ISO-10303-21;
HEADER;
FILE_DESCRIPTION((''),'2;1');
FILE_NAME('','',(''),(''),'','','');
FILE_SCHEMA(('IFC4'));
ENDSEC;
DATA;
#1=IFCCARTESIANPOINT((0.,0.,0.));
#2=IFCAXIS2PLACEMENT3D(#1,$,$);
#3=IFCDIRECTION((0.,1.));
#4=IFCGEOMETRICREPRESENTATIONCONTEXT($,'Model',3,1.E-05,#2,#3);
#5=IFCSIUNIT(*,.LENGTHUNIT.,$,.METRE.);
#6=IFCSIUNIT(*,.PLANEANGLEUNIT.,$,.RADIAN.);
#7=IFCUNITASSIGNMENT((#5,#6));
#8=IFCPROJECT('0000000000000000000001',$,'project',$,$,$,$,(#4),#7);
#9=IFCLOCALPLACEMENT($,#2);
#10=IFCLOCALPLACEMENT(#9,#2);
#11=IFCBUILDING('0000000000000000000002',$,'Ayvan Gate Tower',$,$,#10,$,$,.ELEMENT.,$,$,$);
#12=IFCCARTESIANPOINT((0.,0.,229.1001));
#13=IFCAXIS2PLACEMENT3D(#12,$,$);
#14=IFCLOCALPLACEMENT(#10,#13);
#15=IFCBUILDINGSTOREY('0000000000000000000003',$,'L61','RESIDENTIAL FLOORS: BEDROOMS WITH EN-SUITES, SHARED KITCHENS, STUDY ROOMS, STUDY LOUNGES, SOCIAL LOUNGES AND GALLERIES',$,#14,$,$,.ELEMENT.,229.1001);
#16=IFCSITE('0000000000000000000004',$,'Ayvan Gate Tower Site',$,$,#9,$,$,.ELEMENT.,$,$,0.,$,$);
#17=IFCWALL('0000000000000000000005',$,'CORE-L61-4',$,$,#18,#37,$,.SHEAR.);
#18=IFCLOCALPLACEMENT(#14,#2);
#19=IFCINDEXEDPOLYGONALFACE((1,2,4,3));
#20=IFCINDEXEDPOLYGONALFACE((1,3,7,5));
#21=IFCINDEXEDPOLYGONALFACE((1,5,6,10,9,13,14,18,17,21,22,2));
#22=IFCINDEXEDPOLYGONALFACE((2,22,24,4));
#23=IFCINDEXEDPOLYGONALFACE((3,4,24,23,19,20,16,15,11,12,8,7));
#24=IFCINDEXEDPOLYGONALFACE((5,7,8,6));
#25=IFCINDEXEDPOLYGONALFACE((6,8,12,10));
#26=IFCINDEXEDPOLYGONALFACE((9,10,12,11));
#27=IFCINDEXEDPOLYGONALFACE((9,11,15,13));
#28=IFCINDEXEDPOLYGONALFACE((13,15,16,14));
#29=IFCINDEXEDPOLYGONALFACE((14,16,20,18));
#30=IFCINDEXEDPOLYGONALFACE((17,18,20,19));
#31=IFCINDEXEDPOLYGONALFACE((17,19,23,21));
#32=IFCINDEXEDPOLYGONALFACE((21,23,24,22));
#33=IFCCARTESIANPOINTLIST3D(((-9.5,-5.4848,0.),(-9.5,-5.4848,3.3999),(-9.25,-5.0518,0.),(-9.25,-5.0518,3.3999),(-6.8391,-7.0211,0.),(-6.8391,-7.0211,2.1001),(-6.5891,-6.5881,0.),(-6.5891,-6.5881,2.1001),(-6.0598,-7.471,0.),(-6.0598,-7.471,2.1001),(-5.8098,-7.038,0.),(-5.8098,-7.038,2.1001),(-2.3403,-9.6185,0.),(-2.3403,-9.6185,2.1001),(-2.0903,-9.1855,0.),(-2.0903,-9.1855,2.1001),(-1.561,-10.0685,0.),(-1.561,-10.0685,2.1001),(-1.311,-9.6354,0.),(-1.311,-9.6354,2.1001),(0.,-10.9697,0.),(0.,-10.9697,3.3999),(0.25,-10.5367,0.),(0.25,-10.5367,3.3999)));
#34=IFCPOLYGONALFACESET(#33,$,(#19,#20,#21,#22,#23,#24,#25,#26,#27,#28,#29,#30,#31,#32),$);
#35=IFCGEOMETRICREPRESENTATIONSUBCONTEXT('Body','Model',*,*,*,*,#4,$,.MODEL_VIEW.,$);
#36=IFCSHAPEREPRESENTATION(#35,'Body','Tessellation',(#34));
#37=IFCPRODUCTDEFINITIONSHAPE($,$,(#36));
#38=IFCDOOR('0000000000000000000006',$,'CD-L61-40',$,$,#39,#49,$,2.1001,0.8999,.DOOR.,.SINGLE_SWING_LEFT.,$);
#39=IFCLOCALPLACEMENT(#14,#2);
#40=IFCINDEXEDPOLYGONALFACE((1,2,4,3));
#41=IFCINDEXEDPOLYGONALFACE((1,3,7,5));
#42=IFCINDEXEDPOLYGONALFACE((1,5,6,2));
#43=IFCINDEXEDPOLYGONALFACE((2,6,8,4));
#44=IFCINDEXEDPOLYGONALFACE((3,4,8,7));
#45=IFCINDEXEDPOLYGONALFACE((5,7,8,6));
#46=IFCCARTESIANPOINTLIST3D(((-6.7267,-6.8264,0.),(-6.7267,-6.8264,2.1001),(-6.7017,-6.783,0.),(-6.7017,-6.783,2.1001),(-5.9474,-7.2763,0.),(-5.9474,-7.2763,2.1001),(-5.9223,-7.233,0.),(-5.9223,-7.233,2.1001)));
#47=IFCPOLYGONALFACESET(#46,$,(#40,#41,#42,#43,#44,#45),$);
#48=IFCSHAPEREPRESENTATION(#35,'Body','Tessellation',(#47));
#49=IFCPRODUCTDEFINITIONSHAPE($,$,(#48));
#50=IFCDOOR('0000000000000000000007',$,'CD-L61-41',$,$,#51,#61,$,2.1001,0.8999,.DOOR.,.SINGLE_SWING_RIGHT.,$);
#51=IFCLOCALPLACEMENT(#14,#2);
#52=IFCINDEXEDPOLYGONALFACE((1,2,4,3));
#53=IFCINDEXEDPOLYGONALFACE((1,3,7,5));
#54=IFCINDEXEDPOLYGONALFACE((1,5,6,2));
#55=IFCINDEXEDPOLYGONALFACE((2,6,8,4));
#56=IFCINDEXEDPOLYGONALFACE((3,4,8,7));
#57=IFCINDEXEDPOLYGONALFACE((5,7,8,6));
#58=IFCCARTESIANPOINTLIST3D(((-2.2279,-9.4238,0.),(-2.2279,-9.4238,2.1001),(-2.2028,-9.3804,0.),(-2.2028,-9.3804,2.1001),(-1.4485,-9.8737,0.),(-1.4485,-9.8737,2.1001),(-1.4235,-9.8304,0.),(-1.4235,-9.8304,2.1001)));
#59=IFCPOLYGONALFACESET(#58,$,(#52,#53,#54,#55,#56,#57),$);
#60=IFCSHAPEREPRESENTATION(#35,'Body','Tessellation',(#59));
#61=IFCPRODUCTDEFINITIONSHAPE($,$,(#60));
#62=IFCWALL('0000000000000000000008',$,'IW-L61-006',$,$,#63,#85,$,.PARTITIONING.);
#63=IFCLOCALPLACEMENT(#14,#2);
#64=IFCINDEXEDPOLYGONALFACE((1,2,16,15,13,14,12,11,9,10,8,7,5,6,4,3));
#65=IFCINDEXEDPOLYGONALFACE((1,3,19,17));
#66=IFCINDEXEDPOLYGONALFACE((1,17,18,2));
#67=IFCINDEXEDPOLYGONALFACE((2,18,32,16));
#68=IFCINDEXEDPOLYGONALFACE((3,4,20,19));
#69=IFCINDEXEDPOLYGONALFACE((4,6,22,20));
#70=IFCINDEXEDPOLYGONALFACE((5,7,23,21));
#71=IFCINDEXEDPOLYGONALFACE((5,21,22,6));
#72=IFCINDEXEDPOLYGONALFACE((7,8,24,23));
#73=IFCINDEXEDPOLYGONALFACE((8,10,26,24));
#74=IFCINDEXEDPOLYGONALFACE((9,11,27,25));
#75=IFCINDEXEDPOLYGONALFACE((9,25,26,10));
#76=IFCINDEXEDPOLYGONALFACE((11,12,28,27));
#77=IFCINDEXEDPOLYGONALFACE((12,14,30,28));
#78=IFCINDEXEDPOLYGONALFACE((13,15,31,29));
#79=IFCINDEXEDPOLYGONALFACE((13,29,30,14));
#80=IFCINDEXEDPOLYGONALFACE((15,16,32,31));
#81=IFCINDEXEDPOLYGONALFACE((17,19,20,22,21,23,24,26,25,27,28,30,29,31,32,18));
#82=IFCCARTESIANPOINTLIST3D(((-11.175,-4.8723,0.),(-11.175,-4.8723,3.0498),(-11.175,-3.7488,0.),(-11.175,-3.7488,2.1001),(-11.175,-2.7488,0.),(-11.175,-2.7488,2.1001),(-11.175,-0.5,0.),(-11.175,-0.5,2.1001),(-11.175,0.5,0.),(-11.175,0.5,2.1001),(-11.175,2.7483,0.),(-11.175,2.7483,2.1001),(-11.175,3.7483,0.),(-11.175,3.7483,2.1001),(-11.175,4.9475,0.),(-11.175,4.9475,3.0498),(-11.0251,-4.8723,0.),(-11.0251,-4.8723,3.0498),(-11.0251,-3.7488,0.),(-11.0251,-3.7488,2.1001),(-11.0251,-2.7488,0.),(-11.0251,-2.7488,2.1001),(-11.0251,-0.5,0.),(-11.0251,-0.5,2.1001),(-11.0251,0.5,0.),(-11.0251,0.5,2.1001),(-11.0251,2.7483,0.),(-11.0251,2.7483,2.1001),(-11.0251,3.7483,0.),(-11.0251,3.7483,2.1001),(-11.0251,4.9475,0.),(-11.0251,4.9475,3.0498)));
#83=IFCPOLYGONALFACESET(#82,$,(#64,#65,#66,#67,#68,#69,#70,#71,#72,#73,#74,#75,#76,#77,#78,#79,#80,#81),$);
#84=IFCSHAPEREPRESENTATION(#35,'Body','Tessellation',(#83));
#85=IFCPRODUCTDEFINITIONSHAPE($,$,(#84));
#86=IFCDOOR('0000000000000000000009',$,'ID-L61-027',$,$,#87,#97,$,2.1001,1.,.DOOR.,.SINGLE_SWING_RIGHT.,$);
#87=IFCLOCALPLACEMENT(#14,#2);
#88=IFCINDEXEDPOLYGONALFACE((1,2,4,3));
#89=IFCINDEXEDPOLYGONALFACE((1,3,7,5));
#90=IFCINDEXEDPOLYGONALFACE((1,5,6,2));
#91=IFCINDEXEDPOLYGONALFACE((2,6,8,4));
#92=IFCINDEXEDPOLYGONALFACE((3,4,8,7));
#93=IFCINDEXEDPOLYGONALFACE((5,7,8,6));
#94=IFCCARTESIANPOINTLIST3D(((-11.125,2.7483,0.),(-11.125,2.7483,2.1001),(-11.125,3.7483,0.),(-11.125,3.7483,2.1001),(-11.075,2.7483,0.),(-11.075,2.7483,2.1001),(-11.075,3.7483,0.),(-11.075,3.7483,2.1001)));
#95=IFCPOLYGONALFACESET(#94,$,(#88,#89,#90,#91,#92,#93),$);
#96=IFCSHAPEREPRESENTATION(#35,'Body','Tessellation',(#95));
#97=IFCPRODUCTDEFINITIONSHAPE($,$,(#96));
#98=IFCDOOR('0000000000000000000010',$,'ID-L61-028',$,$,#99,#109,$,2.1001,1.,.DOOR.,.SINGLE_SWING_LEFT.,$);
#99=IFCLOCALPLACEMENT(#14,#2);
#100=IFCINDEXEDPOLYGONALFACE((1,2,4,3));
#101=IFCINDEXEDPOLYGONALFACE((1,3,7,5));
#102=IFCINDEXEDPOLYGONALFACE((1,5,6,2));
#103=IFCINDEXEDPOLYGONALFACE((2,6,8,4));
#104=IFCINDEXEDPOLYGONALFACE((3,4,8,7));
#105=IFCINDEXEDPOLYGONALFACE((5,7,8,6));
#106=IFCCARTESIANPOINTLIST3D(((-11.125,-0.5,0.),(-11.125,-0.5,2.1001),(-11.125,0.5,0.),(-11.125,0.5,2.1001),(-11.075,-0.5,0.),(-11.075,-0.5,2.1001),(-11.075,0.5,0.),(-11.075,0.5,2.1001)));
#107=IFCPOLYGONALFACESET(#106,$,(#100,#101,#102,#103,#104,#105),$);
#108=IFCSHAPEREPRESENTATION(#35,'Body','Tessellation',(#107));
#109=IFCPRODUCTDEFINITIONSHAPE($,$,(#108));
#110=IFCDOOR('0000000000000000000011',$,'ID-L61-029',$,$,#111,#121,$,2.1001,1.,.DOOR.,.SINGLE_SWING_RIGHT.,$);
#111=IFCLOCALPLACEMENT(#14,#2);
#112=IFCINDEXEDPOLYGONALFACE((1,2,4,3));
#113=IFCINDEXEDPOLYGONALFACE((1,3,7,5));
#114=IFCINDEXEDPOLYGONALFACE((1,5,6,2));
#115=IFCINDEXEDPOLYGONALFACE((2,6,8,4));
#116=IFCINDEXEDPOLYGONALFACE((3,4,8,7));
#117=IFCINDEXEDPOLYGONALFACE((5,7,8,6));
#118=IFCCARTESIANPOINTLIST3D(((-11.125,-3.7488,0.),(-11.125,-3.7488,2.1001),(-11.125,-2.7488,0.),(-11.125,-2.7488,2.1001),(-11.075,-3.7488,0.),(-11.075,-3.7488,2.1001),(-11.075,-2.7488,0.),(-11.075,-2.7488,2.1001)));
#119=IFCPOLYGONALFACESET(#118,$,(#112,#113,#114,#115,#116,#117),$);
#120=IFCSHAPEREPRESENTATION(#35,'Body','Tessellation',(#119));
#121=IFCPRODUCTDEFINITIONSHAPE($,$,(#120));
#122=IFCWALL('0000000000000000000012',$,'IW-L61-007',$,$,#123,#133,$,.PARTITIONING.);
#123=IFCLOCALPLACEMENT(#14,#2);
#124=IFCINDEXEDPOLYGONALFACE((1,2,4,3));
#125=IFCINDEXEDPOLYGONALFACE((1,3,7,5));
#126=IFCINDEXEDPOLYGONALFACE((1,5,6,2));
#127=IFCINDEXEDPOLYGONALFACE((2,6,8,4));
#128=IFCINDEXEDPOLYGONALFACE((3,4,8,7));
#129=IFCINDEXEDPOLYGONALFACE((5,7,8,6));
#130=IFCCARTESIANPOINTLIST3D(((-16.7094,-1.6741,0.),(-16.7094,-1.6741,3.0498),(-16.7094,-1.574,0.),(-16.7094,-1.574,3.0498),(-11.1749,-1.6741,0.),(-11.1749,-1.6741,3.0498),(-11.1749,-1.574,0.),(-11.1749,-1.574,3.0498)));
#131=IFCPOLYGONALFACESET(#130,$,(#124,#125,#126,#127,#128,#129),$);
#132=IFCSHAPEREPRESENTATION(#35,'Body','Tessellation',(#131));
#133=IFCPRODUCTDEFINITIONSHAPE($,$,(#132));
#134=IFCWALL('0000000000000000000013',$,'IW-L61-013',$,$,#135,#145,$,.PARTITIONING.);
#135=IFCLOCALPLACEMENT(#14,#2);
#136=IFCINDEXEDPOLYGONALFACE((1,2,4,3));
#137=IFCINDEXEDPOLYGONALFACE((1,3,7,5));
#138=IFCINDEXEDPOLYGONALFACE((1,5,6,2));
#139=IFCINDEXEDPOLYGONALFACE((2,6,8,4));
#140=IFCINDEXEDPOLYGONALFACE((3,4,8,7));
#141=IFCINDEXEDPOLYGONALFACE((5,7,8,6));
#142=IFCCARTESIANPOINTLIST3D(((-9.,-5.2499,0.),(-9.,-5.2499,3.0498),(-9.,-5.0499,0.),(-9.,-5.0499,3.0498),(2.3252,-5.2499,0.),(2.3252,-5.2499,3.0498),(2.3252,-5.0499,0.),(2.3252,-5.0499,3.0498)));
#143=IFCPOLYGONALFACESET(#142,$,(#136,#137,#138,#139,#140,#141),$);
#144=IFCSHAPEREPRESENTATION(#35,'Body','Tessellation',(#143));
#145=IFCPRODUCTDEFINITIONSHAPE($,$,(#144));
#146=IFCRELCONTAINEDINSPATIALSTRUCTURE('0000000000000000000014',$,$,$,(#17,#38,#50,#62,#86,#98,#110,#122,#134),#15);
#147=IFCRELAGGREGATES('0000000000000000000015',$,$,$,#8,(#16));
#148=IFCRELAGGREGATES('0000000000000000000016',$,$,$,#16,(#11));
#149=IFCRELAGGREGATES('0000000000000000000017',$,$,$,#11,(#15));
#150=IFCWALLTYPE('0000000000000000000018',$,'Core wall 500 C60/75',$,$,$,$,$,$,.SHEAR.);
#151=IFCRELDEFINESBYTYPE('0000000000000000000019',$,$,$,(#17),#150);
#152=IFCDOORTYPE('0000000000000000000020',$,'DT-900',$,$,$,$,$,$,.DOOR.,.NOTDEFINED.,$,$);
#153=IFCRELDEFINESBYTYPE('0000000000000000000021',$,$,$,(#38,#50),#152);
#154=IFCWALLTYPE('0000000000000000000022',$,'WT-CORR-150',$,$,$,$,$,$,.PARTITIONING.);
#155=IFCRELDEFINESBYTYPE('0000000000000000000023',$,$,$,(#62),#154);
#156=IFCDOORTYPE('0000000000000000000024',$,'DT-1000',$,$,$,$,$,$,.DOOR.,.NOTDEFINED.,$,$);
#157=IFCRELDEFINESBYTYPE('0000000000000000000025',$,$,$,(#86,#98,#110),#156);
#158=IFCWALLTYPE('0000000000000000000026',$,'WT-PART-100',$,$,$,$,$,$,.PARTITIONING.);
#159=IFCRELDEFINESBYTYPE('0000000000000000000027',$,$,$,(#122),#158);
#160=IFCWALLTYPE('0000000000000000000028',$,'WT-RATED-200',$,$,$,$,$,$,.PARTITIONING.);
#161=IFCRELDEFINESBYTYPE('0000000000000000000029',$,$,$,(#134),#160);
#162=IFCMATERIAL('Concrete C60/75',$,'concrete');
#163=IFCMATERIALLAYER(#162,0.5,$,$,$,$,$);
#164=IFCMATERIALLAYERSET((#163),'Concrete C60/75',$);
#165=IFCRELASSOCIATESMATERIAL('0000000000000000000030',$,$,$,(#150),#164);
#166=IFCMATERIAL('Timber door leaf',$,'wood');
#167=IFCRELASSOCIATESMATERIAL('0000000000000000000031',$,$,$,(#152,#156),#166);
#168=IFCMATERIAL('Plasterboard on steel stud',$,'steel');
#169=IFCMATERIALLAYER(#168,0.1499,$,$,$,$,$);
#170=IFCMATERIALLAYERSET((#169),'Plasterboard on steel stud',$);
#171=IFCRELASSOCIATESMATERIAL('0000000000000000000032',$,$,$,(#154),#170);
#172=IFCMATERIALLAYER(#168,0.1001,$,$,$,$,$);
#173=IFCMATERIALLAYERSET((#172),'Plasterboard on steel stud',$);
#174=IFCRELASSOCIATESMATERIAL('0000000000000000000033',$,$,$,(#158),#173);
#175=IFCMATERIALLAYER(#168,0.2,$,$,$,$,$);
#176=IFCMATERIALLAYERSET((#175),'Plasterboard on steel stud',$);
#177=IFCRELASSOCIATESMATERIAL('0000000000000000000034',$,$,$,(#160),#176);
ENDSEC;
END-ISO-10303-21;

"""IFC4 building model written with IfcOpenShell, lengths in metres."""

from ifc_helpers import new_model, si_unit, direction, frame, frame_2d, origin, place, context, subcontext, project, spatial, rectangle, extrude, material, layer, layer_set, type_object, element, fill, save


model = new_model("IFC4")

# Units and contexts
model_context = context("Model", 3, precision=1e-05, world=origin(), true_north=direction((0.0, 1.0)))
body_context = subcontext(model_context, "Body", "Model", "MODEL_VIEW")
ifc_project = project(units=[si_unit("LENGTHUNIT", "METRE"), si_unit("PLANEANGLEUNIT", "RADIAN")], contexts=[model_context])

# Site, building, storey
site_placement = place(None, origin())
site = spatial("IfcSite", under=ifc_project, at=site_placement, Name="Ayvan Gate Tower Site", CompositionType="ELEMENT", RefElevation=0.0)
building_placement = place(site_placement, origin())
building = spatial("IfcBuilding", under=site, at=building_placement, Name="Ayvan Gate Tower", CompositionType="ELEMENT")
storey_placement = place(building_placement, frame((0.0, 0.0, 229.1001)))
storey = spatial("IfcBuildingStorey", under=building, at=storey_placement, Name="L61", Description="RESIDENTIAL FLOORS: BEDROOMS WITH EN-SUITES, SHARED KITCHENS, STUDY ROOMS, STUDY LOUNGES, SOCIAL LOUNGES AND GALLERIES", CompositionType="ELEMENT", Elevation=229.1001)

# Walls, openings, doors
ifc_material_1 = material(Name="Concrete C60/75", Category="concrete")
ifc_layer_1 = layer(ifc_material_1, 0.5)
ifc_layer_set_1 = layer_set([ifc_layer_1], Name="Concrete C60/75")
wall_type_1 = type_object("IfcWallType", Name="Core wall 500 C60/75", PredefinedType="SHEAR", material=ifc_layer_set_1)
wall_1_placement = place(storey_placement, frame((-9.375, -5.2683, 0.0), z_axis=(0.0, 0.0, 1.0), x_axis=(0.866024, -0.500002, 0.0)))
wall_1 = element("IfcWall", 1, at=wall_1_placement, inside=storey, type_object=wall_type_1, Name="CORE-L61-4", PredefinedType="SHEAR", context=body_context, shape_type="SweptSolid", body=[
    extrude(rectangle(XDim=10.9697, YDim=0.5, at=frame_2d((5.4849, 0.0))), origin(), (0.0, 0.0, 1.0), 3.3999),
])
opening_1_placement = place(wall_1_placement, frame((3.0725, 0.0, 0.0)))
opening_1 = element("IfcOpeningElement", 2, at=opening_1_placement, cuts=wall_1, PredefinedType="OPENING", context=body_context, shape_type="SweptSolid", body=[
    extrude(rectangle(XDim=0.8999, YDim=2.1001, at=frame_2d((0.45, 1.05))), frame((0.0, 0.26, 0.0), z_axis=(0.0, -1.0, 0.0), x_axis=(1.0, 0.0, 0.0)), (0.0, 0.0, 1.0), 0.52),
])
opening_2_placement = place(wall_1_placement, frame((8.2673, 0.0, 0.0)))
opening_2 = element("IfcOpeningElement", 3, at=opening_2_placement, cuts=wall_1, PredefinedType="OPENING", context=body_context, shape_type="SweptSolid", body=[
    extrude(rectangle(XDim=0.8999, YDim=2.1001, at=frame_2d((0.45, 1.05))), frame((0.0, 0.26, 0.0), z_axis=(0.0, -1.0, 0.0), x_axis=(1.0, 0.0, 0.0)), (0.0, 0.0, 1.0), 0.52),
])
ifc_material_2 = material(Name="Timber door leaf", Category="wood")
door_type_1 = type_object("IfcDoorType", Name="DT-900", OperationType="NOTDEFINED", PredefinedType="DOOR", material=ifc_material_2)
door_1_placement = place(opening_1_placement, origin())
door_1 = element("IfcDoor", 4, at=door_1_placement, inside=storey, type_object=door_type_1, Name="CD-L61-40", OperationType="SINGLE_SWING_LEFT", OverallHeight=2.1001, OverallWidth=0.8999, PredefinedType="DOOR", context=body_context, shape_type="SweptSolid", body=[
    extrude(rectangle(XDim=0.8999, YDim=2.1001, at=frame_2d((0.45, 1.05))), frame((0.0, 0.0249, 0.0), z_axis=(0.0, -1.0, 0.0), x_axis=(1.0, 0.0, 0.0)), (0.0, 0.0, 1.0), 0.05),
])
fill(opening_1, door_1)
door_2_placement = place(opening_2_placement, origin())
door_2 = element("IfcDoor", 5, at=door_2_placement, inside=storey, type_object=door_type_1, Name="CD-L61-41", OperationType="SINGLE_SWING_RIGHT", OverallHeight=2.1001, OverallWidth=0.8999, PredefinedType="DOOR", context=body_context, shape_type="SweptSolid", body=[
    extrude(rectangle(XDim=0.8999, YDim=2.1001, at=frame_2d((0.45, 1.05))), frame((0.0, 0.0249, 0.0), z_axis=(0.0, -1.0, 0.0), x_axis=(1.0, 0.0, 0.0)), (0.0, 0.0, 1.0), 0.05),
])
fill(opening_2, door_2)
ifc_material_3 = material(Name="Plasterboard on steel stud", Category="steel")
ifc_layer_2 = layer(ifc_material_3, 0.1499)
ifc_layer_set_2 = layer_set([ifc_layer_2], Name="Plasterboard on steel stud")
wall_type_2 = type_object("IfcWallType", Name="WT-CORR-150", PredefinedType="PARTITIONING", material=ifc_layer_set_2)
wall_2_placement = place(storey_placement, frame((-11.1001, -4.8723, 0.0), z_axis=(0.0, 0.0, 1.0), x_axis=(0.0, 1.0, 0.0)))
wall_2 = element("IfcWall", 6, at=wall_2_placement, inside=storey, type_object=wall_type_2, Name="IW-L61-006", PredefinedType="PARTITIONING", context=body_context, shape_type="SweptSolid", body=[
    extrude(rectangle(XDim=9.8198, YDim=0.1499, at=frame_2d((4.9099, 0.0))), origin(), (0.0, 0.0, 1.0), 3.0498),
])
opening_3_placement = place(wall_2_placement, frame((7.6206, 0.0, 0.0)))
opening_3 = element("IfcOpeningElement", 7, at=opening_3_placement, cuts=wall_2, PredefinedType="OPENING", context=body_context, shape_type="SweptSolid", body=[
    extrude(rectangle(XDim=1.0, YDim=2.1001, at=frame_2d((0.5, 1.05))), frame((0.0, 0.085, 0.0), z_axis=(0.0, -1.0, 0.0), x_axis=(1.0, 0.0, 0.0)), (0.0, 0.0, 1.0), 0.1699),
])
opening_4_placement = place(wall_2_placement, frame((4.3723, 0.0, 0.0)))
opening_4 = element("IfcOpeningElement", 8, at=opening_4_placement, cuts=wall_2, PredefinedType="OPENING", context=body_context, shape_type="SweptSolid", body=[
    extrude(rectangle(XDim=1.0, YDim=2.1001, at=frame_2d((0.5, 1.05))), frame((0.0, 0.085, 0.0), z_axis=(0.0, -1.0, 0.0), x_axis=(1.0, 0.0, 0.0)), (0.0, 0.0, 1.0), 0.1699),
])
opening_5_placement = place(wall_2_placement, frame((1.1235, 0.0, 0.0)))
opening_5 = element("IfcOpeningElement", 9, at=opening_5_placement, cuts=wall_2, PredefinedType="OPENING", context=body_context, shape_type="SweptSolid", body=[
    extrude(rectangle(XDim=1.0, YDim=2.1001, at=frame_2d((0.5, 1.05))), frame((0.0, 0.085, 0.0), z_axis=(0.0, -1.0, 0.0), x_axis=(1.0, 0.0, 0.0)), (0.0, 0.0, 1.0), 0.1699),
])
door_type_2 = type_object("IfcDoorType", Name="DT-1000", OperationType="NOTDEFINED", PredefinedType="DOOR", material=ifc_material_2)
door_3_placement = place(opening_3_placement, origin())
door_3 = element("IfcDoor", 10, at=door_3_placement, inside=storey, type_object=door_type_2, Name="ID-L61-027", OperationType="SINGLE_SWING_RIGHT", OverallHeight=2.1001, OverallWidth=1.0, PredefinedType="DOOR", context=body_context, shape_type="SweptSolid", body=[
    extrude(rectangle(XDim=1.0, YDim=2.1001, at=frame_2d((0.5, 1.05))), frame((0.0, 0.0249, 0.0), z_axis=(0.0, -1.0, 0.0), x_axis=(1.0, 0.0, 0.0)), (0.0, 0.0, 1.0), 0.05),
])
fill(opening_3, door_3)
door_4_placement = place(opening_4_placement, origin())
door_4 = element("IfcDoor", 11, at=door_4_placement, inside=storey, type_object=door_type_2, Name="ID-L61-028", OperationType="SINGLE_SWING_LEFT", OverallHeight=2.1001, OverallWidth=1.0, PredefinedType="DOOR", context=body_context, shape_type="SweptSolid", body=[
    extrude(rectangle(XDim=1.0, YDim=2.1001, at=frame_2d((0.5, 1.05))), frame((0.0, 0.0249, 0.0), z_axis=(0.0, -1.0, 0.0), x_axis=(1.0, 0.0, 0.0)), (0.0, 0.0, 1.0), 0.05),
])
fill(opening_4, door_4)
door_5_placement = place(opening_5_placement, origin())
door_5 = element("IfcDoor", 12, at=door_5_placement, inside=storey, type_object=door_type_2, Name="ID-L61-029", OperationType="SINGLE_SWING_RIGHT", OverallHeight=2.1001, OverallWidth=1.0, PredefinedType="DOOR", context=body_context, shape_type="SweptSolid", body=[
    extrude(rectangle(XDim=1.0, YDim=2.1001, at=frame_2d((0.5, 1.05))), frame((0.0, 0.0249, 0.0), z_axis=(0.0, -1.0, 0.0), x_axis=(1.0, 0.0, 0.0)), (0.0, 0.0, 1.0), 0.05),
])
fill(opening_5, door_5)

# Walls
ifc_layer_3 = layer(ifc_material_3, 0.1001)
ifc_layer_set_3 = layer_set([ifc_layer_3], Name="Plasterboard on steel stud")
wall_type_3 = type_object("IfcWallType", Name="WT-PART-100", PredefinedType="PARTITIONING", material=ifc_layer_set_3)
wall_3_placement = place(storey_placement, frame((-11.175, -1.624, 0.0), z_axis=(0.0, 0.0, 1.0), x_axis=(-1.0, 0.0, 0.0)))
element("IfcWall", 13, at=wall_3_placement, inside=storey, type_object=wall_type_3, Name="IW-L61-007", PredefinedType="PARTITIONING", context=body_context, shape_type="SweptSolid", body=[
    extrude(rectangle(XDim=5.5344, YDim=0.1001, at=frame_2d((2.7671, 0.0))), origin(), (0.0, 0.0, 1.0), 3.0498),
])
ifc_layer_4 = layer(ifc_material_3, 0.2)
ifc_layer_set_4 = layer_set([ifc_layer_4], Name="Plasterboard on steel stud")
wall_type_4 = type_object("IfcWallType", Name="WT-RATED-200", PredefinedType="PARTITIONING", material=ifc_layer_set_4)
wall_4_placement = place(storey_placement, frame((-9.0, -5.1499, 0.0), z_axis=(0.0, 0.0, 1.0), x_axis=(1.0, 0.0, 0.0)))
element("IfcWall", 14, at=wall_4_placement, inside=storey, type_object=wall_type_4, Name="IW-L61-013", PredefinedType="PARTITIONING", context=body_context, shape_type="SweptSolid", body=[
    extrude(rectangle(XDim=11.3252, YDim=0.2, at=frame_2d((5.6626, 0.0))), origin(), (0.0, 0.0, 1.0), 3.0498),
])

save(model, "model.ifc")
